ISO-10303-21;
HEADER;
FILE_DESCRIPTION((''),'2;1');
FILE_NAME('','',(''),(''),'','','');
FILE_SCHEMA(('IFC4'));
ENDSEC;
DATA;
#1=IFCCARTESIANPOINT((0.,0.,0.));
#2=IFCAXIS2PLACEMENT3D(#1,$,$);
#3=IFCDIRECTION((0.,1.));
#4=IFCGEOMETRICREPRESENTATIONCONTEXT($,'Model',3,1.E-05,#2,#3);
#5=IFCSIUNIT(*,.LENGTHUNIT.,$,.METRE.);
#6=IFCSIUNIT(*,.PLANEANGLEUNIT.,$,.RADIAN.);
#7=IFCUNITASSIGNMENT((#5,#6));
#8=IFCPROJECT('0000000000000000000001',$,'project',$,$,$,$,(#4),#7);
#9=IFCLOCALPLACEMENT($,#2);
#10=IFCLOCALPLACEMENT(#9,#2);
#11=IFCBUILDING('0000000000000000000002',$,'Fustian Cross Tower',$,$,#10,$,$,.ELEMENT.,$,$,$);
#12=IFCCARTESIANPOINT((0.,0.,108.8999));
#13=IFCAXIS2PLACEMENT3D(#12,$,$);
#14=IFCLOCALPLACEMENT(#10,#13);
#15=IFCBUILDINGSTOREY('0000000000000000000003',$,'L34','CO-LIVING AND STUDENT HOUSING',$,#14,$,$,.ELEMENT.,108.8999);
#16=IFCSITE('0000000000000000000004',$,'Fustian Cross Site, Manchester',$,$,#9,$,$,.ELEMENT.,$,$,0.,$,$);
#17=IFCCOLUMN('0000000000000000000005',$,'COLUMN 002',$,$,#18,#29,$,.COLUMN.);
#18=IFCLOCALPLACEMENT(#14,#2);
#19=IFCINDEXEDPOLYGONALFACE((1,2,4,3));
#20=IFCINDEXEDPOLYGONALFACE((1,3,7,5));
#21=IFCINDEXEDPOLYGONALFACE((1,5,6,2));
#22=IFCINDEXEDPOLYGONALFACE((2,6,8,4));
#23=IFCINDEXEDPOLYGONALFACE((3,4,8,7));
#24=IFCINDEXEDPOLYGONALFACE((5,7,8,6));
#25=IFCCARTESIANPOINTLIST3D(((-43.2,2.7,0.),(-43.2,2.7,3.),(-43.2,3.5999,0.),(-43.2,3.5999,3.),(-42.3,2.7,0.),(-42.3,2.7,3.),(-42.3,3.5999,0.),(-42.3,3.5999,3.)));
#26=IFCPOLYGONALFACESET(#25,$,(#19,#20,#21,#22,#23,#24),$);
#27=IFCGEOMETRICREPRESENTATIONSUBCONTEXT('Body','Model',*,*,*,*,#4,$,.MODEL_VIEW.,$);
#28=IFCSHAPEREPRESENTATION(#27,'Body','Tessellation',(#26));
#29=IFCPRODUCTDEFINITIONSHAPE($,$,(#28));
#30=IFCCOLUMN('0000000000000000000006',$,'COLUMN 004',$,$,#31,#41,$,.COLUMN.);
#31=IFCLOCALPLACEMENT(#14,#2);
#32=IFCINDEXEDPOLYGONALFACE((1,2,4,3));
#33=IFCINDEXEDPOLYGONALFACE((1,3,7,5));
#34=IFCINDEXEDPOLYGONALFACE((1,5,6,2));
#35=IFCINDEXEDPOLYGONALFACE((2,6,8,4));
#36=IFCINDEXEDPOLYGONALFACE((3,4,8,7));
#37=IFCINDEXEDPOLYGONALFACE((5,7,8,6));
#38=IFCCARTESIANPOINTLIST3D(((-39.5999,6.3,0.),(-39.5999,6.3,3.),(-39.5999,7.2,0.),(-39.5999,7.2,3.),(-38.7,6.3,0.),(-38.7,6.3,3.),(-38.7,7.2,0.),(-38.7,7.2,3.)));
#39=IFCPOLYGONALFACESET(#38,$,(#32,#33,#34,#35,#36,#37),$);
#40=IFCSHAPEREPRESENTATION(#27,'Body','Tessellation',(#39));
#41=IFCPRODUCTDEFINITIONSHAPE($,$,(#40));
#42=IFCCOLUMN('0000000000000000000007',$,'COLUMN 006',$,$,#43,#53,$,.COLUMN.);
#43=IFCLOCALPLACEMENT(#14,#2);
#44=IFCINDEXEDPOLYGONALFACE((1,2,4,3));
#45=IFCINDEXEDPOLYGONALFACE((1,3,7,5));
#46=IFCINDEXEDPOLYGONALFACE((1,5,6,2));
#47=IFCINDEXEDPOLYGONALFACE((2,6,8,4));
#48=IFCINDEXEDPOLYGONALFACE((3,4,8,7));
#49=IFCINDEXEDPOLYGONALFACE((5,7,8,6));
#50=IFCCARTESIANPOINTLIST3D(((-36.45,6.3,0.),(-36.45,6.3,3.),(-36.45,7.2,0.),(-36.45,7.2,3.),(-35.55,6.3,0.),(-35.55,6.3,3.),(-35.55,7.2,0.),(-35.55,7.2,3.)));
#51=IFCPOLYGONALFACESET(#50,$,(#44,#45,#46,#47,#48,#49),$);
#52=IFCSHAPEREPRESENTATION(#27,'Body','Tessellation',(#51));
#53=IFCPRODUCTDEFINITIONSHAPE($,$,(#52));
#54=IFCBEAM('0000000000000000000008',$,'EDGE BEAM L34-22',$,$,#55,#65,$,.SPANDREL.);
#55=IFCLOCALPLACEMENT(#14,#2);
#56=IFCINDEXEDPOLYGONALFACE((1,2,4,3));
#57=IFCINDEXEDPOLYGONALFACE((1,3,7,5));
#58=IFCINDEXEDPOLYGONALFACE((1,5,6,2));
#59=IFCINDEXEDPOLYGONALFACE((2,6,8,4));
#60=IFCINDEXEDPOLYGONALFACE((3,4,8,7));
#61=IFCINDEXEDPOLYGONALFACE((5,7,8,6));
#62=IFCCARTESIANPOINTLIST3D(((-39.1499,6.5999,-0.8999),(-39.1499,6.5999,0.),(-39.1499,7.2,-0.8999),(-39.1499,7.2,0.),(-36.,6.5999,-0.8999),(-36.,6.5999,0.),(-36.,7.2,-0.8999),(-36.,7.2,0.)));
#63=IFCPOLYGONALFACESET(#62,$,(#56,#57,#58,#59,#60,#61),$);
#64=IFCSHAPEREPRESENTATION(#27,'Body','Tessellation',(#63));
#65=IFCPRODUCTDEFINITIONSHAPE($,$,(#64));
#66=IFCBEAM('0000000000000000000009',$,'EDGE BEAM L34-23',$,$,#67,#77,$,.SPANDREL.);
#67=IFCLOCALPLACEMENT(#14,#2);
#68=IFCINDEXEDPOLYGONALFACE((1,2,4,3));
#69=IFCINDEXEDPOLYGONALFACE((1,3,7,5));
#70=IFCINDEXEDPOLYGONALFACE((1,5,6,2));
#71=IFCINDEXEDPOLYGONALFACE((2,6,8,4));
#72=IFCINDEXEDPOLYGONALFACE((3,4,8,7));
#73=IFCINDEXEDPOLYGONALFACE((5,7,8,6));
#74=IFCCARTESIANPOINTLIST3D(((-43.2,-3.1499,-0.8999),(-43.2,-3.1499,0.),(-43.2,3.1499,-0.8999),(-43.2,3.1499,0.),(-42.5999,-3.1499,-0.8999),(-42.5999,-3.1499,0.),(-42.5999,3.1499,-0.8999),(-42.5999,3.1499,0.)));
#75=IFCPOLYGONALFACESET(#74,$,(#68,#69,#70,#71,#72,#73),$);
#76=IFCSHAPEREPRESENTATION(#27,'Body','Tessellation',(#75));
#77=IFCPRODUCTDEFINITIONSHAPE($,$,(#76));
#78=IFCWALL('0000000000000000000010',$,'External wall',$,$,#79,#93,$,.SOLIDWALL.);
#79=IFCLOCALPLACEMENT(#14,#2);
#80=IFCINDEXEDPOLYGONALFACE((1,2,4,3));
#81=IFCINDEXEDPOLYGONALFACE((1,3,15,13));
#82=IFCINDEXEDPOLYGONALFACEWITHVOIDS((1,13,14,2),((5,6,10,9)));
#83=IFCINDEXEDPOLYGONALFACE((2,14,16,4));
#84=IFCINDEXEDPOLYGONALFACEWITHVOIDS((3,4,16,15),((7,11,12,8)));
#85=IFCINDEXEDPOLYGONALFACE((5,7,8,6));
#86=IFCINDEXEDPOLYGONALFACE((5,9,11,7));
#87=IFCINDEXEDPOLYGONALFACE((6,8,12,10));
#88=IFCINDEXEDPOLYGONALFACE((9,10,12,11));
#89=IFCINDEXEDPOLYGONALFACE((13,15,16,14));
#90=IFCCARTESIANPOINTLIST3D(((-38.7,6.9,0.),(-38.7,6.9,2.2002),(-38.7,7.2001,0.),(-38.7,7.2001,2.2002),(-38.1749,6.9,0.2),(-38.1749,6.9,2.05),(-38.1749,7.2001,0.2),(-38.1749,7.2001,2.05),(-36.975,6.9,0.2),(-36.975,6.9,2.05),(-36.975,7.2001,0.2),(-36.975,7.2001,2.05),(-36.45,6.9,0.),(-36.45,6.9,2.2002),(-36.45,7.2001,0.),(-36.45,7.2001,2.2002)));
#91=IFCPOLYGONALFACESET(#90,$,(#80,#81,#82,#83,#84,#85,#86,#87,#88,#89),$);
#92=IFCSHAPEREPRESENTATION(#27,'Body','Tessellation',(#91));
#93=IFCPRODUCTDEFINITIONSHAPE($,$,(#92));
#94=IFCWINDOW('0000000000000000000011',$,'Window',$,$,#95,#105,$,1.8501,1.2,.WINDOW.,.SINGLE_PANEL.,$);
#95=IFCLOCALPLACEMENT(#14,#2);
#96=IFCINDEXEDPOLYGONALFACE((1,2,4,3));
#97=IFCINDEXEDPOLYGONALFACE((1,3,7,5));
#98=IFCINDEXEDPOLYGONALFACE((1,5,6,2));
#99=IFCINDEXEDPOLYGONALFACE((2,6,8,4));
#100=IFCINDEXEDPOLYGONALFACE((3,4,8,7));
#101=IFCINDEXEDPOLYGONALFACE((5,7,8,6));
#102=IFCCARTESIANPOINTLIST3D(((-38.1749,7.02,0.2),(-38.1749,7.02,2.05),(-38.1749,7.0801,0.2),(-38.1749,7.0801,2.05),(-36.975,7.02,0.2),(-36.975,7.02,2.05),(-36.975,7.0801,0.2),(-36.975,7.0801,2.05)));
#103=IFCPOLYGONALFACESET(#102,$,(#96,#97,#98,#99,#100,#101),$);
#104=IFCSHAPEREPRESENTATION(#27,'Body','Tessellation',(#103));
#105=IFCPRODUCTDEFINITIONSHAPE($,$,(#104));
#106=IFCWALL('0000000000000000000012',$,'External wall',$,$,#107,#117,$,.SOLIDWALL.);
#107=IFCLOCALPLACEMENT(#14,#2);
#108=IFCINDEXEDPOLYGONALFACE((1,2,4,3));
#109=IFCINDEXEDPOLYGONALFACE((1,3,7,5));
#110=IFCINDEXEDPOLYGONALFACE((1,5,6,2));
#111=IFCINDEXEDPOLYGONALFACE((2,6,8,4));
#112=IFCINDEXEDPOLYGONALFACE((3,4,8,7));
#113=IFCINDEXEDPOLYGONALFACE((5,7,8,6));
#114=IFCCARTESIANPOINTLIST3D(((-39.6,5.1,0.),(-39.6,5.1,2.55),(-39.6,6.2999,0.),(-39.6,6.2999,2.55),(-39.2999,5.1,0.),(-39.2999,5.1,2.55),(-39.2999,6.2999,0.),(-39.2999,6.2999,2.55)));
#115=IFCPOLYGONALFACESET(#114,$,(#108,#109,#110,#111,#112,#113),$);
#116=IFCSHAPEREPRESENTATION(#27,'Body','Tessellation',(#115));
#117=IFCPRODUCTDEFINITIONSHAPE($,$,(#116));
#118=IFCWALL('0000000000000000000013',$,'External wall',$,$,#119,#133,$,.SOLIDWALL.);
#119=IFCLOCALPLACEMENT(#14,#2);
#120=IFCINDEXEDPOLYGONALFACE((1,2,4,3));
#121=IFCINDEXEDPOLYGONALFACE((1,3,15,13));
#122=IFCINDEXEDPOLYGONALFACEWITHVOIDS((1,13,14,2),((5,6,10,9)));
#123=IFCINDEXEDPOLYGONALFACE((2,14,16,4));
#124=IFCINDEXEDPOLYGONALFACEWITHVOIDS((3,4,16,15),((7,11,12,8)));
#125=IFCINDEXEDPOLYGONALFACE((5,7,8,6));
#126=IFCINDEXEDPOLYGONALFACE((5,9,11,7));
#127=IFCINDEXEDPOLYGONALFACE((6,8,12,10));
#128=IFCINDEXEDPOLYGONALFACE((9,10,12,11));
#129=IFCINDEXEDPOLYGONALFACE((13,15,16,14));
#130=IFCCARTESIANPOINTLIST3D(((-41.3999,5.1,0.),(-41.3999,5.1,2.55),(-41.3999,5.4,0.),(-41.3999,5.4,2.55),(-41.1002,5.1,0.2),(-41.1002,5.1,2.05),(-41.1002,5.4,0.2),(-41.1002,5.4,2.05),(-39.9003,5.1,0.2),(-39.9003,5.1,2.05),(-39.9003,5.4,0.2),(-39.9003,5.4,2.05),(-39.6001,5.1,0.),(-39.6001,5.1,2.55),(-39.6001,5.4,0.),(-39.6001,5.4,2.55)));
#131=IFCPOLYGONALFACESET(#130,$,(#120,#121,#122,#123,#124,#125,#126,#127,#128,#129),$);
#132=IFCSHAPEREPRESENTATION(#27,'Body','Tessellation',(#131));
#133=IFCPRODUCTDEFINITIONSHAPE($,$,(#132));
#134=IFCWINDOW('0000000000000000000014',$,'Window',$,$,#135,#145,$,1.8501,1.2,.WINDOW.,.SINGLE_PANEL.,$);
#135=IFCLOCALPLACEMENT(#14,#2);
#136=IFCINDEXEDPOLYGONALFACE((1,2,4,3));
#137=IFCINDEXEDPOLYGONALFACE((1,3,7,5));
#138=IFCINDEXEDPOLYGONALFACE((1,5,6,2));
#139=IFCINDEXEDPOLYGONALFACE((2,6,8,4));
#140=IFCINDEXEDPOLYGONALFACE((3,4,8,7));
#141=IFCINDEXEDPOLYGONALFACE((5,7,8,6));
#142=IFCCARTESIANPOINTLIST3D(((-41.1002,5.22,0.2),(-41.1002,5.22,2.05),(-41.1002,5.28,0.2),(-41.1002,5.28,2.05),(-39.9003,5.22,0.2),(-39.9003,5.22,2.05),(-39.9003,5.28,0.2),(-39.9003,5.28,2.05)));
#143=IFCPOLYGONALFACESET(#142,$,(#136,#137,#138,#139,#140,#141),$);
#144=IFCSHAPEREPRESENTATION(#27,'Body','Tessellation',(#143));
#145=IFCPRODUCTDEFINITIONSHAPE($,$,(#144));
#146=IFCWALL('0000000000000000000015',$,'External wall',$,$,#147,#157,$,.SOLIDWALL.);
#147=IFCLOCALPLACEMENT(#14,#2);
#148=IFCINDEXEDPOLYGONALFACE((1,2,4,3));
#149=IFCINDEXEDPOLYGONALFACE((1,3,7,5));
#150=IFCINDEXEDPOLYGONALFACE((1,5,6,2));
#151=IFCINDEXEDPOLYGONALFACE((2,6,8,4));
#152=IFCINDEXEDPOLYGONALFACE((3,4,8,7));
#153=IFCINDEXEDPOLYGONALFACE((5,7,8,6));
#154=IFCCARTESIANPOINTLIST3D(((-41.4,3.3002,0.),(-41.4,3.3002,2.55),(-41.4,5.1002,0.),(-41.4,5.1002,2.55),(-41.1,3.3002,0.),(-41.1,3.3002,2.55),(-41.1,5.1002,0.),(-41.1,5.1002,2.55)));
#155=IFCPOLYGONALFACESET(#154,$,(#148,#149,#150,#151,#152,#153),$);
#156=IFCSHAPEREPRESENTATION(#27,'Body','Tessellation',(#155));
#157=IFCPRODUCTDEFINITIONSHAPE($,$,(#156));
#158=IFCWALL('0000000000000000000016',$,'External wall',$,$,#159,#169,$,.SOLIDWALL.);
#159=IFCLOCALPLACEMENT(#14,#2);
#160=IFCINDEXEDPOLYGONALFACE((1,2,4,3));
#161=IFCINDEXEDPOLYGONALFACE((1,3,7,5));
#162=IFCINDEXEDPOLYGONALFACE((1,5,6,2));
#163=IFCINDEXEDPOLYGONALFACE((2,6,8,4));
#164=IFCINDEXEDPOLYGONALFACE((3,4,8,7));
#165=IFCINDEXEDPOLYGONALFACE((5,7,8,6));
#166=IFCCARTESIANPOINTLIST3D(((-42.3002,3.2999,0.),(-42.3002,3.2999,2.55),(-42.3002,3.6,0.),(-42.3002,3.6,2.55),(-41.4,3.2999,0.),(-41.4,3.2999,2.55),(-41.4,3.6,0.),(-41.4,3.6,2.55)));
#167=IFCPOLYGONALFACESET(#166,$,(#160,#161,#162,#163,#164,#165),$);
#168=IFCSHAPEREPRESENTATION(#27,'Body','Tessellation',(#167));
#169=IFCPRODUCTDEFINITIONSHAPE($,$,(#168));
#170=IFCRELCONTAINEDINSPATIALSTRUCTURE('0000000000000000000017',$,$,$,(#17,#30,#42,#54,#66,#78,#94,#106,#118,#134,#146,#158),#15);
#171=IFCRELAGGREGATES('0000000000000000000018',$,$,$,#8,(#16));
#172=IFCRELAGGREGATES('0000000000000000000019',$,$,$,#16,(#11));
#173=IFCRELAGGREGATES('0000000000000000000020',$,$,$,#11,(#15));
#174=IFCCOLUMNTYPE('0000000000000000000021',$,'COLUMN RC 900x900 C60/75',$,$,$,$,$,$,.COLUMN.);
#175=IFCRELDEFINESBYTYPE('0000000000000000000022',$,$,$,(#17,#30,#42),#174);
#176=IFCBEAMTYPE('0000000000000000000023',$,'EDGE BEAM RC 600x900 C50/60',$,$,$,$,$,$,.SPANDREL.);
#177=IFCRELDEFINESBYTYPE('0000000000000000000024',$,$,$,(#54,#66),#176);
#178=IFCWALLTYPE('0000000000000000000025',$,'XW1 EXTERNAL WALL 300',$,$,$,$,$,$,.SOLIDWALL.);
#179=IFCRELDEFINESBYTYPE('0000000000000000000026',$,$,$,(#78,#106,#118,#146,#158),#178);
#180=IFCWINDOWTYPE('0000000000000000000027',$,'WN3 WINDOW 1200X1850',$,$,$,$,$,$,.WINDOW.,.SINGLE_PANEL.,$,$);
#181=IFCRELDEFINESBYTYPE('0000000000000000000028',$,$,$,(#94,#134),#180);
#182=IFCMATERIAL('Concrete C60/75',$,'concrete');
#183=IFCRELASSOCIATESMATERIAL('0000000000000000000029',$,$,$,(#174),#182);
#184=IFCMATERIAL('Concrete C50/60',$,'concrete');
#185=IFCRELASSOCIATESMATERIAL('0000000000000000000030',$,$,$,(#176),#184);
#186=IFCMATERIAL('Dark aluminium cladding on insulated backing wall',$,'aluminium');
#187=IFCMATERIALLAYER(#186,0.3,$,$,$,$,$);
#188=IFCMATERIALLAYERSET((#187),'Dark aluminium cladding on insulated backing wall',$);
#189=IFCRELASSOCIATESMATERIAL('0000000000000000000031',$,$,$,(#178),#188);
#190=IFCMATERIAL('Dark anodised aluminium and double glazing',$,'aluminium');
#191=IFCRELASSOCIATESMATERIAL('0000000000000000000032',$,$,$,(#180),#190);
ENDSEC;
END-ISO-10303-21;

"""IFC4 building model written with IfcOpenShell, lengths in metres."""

from ifc_helpers import new_model, si_unit, direction, frame, frame_2d, origin, origin_2d, place, context, subcontext, project, spatial, rectangle, extrude, material, layer, layer_set, material_profile, profile_set, type_object, element, fill, save


model = new_model("IFC4")

# Units and contexts
model_context = context("Model", 3, precision=1e-05, world=origin(), true_north=direction((0.0, 1.0)))
body_context = subcontext(model_context, "Body", "Model", "MODEL_VIEW")
ifc_project = project(units=[si_unit("LENGTHUNIT", "METRE"), si_unit("PLANEANGLEUNIT", "RADIAN")], contexts=[model_context])

# Site, building, storey
site_placement = place(None, origin())
site = spatial("IfcSite", under=ifc_project, at=site_placement, Name="Fustian Cross Site, Manchester", CompositionType="ELEMENT", RefElevation=0.0)
building_placement = place(site_placement, origin())
building = spatial("IfcBuilding", under=site, at=building_placement, Name="Fustian Cross Tower", CompositionType="ELEMENT")
storey_placement = place(building_placement, frame((0.0, 0.0, 108.8999)))
storey = spatial("IfcBuildingStorey", under=building, at=storey_placement, Name="L34", Description="CO-LIVING AND STUDENT HOUSING", CompositionType="ELEMENT", Elevation=108.8999)

# Columns
ifc_material_1 = material(Name="Concrete C60/75", Category="concrete")
ifc_material_profile_1 = material_profile(ifc_material_1, rectangle(XDim=0.8999, YDim=0.8999, at=origin_2d()), Name="RC 900x900")
ifc_profile_set_1 = profile_set([ifc_material_profile_1], Name="Concrete C60/75")
column_type = type_object("IfcColumnType", Name="COLUMN RC 900x900 C60/75", PredefinedType="COLUMN", material=ifc_profile_set_1)
for number, where, z_axis, x_axis, name in (
    (1, (-42.75, 3.1499, 0.0), (0.0, 0.0, 1.0), (1.0, 0.0, 0.0), "COLUMN 002"),
    (2, (-39.1499, 6.75, 0.0), (0.0, 0.0, 1.0), (1.0, 0.0, 0.0), "COLUMN 004"),
    (3, (-36.0, 6.75, 0.0), (0.0, 0.0, 1.0), (1.0, 0.0, 0.0), "COLUMN 006"),
):
    element("IfcColumn", number, at=place(storey_placement, frame(where, z_axis=z_axis, x_axis=x_axis)), inside=storey, type_object=column_type, Name=name, PredefinedType="COLUMN", context=body_context, shape_type="SweptSolid", body=[
        extrude(rectangle(XDim=0.8999, YDim=0.8999, at=origin_2d()), origin(), (0.0, 0.0, 1.0), 3.0),
    ])

# Beams
ifc_material_2 = material(Name="Concrete C50/60", Category="concrete")
ifc_material_profile_2 = material_profile(ifc_material_2, rectangle(XDim=0.6001, YDim=0.8999, at=origin_2d()), Name="RC 600x900")
ifc_profile_set_2 = profile_set([ifc_material_profile_2], Name="Concrete C50/60")
beam_type = type_object("IfcBeamType", Name="EDGE BEAM RC 600x900 C50/60", PredefinedType="SPANDREL", material=ifc_profile_set_2)
beam_1_placement = place(storey_placement, frame((-36.0, 6.8999, -0.45), z_axis=(-1.0, 0.0, 0.0), x_axis=(0.0, -1.0, 0.0)))
element("IfcBeam", 4, at=beam_1_placement, inside=storey, type_object=beam_type, Name="EDGE BEAM L34-22", PredefinedType="SPANDREL", context=body_context, shape_type="SweptSolid", body=[
    extrude(rectangle(XDim=0.6001, YDim=0.8999, at=origin_2d()), origin(), (0.0, 0.0, 1.0), 3.1499),
])
beam_2_placement = place(storey_placement, frame((-42.8999, 3.1499, -0.45), z_axis=(0.0, -1.0, 0.0), x_axis=(1.0, 0.0, 0.0)))
element("IfcBeam", 5, at=beam_2_placement, inside=storey, type_object=beam_type, Name="EDGE BEAM L34-23", PredefinedType="SPANDREL", context=body_context, shape_type="SweptSolid", body=[
    extrude(rectangle(XDim=0.6001, YDim=0.8999, at=origin_2d()), origin(), (0.0, 0.0, 1.0), 6.2998),
])

# Wall, opening, window
ifc_material_3 = material(Name="Dark aluminium cladding on insulated backing wall", Category="aluminium")
ifc_layer = layer(ifc_material_3, 0.3)
ifc_layer_set = layer_set([ifc_layer], Name="Dark aluminium cladding on insulated backing wall")
wall_type = type_object("IfcWallType", Name="XW1 EXTERNAL WALL 300", PredefinedType="SOLIDWALL", material=ifc_layer_set)
wall_1_placement = place(storey_placement, frame((-36.45, 7.05, 0.0), z_axis=(0.0, 0.0, 1.0), x_axis=(-1.0, 0.0, 0.0)))
wall_1 = element("IfcWall", 6, at=wall_1_placement, inside=storey, type_object=wall_type, Name="External wall", PredefinedType="SOLIDWALL", context=body_context, shape_type="SweptSolid", body=[
    extrude(rectangle(XDim=2.25, YDim=0.3, at=frame_2d((1.125, 0.0))), origin(), (0.0, 0.0, 1.0), 2.2002),
])
opening_1_placement = place(wall_1_placement, frame((0.5249, 0.0, 0.2)))
opening_1 = element("IfcOpeningElement", 7, at=opening_1_placement, cuts=wall_1, PredefinedType="OPENING", context=body_context, shape_type="SweptSolid", body=[
    extrude(rectangle(XDim=1.2, YDim=1.8501, at=frame_2d((0.6001, 0.925))), frame((0.0, 0.1599, 0.0), z_axis=(0.0, -1.0, 0.0), x_axis=(1.0, 0.0, 0.0)), (0.0, 0.0, 1.0), 0.3201),
])
ifc_material_4 = material(Name="Dark anodised aluminium and double glazing", Category="aluminium")
window_type_1 = type_object("IfcWindowType", Name="WN3 WINDOW 1200X1850", PartitioningType="SINGLE_PANEL", PredefinedType="WINDOW", material=ifc_material_4)
window_1_placement = place(opening_1_placement, origin())
window_1 = element("IfcWindow", 8, at=window_1_placement, inside=storey, type_object=window_type_1, Name="Window", OverallHeight=1.8501, OverallWidth=1.2, PartitioningType="SINGLE_PANEL", PredefinedType="WINDOW", context=body_context, shape_type="SweptSolid", body=[
    extrude(rectangle(XDim=1.2, YDim=1.8501, at=frame_2d((0.6001, 0.925))), frame((0.0, 0.03, 0.0), z_axis=(0.0, -1.0, 0.0), x_axis=(1.0, 0.0, 0.0)), (0.0, 0.0, 1.0), 0.0601),
])
fill(opening_1, window_1)

# Wall
wall_2_placement = place(storey_placement, frame((-39.45, 6.3, 0.0), z_axis=(0.0, 0.0, 1.0), x_axis=(0.0, -1.0, 0.0)))
element("IfcWall", 9, at=wall_2_placement, inside=storey, type_object=wall_type, Name="External wall", PredefinedType="SOLIDWALL", context=body_context, shape_type="SweptSolid", body=[
    extrude(rectangle(XDim=1.2, YDim=0.3, at=frame_2d((0.6001, 0.0))), origin(), (0.0, 0.0, 1.0), 2.55),
])

# Wall, opening, window
wall_3_placement = place(storey_placement, frame((-39.6001, 5.25, 0.0), z_axis=(0.0, 0.0, 1.0), x_axis=(-1.0, 0.0, 0.0)))
wall_3 = element("IfcWall", 10, at=wall_3_placement, inside=storey, type_object=wall_type, Name="External wall", PredefinedType="SOLIDWALL", context=body_context, shape_type="SweptSolid", body=[
    extrude(rectangle(XDim=1.7998, YDim=0.3, at=frame_2d((0.8999, 0.0))), origin(), (0.0, 0.0, 1.0), 2.55),
])
opening_2_placement = place(wall_3_placement, frame((0.3, 0.0, 0.2)))
opening_2 = element("IfcOpeningElement", 11, at=opening_2_placement, cuts=wall_3, PredefinedType="OPENING", context=body_context, shape_type="SweptSolid", body=[
    extrude(rectangle(XDim=1.2, YDim=1.8501, at=frame_2d((0.6001, 0.925))), frame((0.0, 0.1599, 0.0), z_axis=(0.0, -1.0, 0.0), x_axis=(1.0, 0.0, 0.0)), (0.0, 0.0, 1.0), 0.3201),
])
window_2_placement = place(opening_2_placement, origin())
window_2 = element("IfcWindow", 12, at=window_2_placement, inside=storey, type_object=window_type_1, Name="Window", OverallHeight=1.8501, OverallWidth=1.2, PartitioningType="SINGLE_PANEL", PredefinedType="WINDOW", context=body_context, shape_type="SweptSolid", body=[
    extrude(rectangle(XDim=1.2, YDim=1.8501, at=frame_2d((0.6001, 0.925))), frame((0.0, 0.03, 0.0), z_axis=(0.0, -1.0, 0.0), x_axis=(1.0, 0.0, 0.0)), (0.0, 0.0, 1.0), 0.0601),
])
fill(opening_2, window_2)

# Walls
wall_4_placement = place(storey_placement, frame((-41.25, 5.1001, 0.0), z_axis=(0.0, 0.0, 1.0), x_axis=(0.0, -1.0, 0.0)))
element("IfcWall", 13, at=wall_4_placement, inside=storey, type_object=wall_type, Name="External wall", PredefinedType="SOLIDWALL", context=body_context, shape_type="SweptSolid", body=[
    extrude(rectangle(XDim=1.8, YDim=0.3, at=frame_2d((0.8999, 0.0))), origin(), (0.0, 0.0, 1.0), 2.55),
])
wall_5_placement = place(storey_placement, frame((-41.3999, 3.45, 0.0), z_axis=(0.0, 0.0, 1.0), x_axis=(-1.0, 0.0, 0.0)))
element("IfcWall", 14, at=wall_5_placement, inside=storey, type_object=wall_type, Name="External wall", PredefinedType="SOLIDWALL", context=body_context, shape_type="SweptSolid", body=[
    extrude(rectangle(XDim=0.9001, YDim=0.3, at=frame_2d((0.4502, 0.0))), origin(), (0.0, 0.0, 1.0), 2.55),
])

save(model, "model.ifc")
